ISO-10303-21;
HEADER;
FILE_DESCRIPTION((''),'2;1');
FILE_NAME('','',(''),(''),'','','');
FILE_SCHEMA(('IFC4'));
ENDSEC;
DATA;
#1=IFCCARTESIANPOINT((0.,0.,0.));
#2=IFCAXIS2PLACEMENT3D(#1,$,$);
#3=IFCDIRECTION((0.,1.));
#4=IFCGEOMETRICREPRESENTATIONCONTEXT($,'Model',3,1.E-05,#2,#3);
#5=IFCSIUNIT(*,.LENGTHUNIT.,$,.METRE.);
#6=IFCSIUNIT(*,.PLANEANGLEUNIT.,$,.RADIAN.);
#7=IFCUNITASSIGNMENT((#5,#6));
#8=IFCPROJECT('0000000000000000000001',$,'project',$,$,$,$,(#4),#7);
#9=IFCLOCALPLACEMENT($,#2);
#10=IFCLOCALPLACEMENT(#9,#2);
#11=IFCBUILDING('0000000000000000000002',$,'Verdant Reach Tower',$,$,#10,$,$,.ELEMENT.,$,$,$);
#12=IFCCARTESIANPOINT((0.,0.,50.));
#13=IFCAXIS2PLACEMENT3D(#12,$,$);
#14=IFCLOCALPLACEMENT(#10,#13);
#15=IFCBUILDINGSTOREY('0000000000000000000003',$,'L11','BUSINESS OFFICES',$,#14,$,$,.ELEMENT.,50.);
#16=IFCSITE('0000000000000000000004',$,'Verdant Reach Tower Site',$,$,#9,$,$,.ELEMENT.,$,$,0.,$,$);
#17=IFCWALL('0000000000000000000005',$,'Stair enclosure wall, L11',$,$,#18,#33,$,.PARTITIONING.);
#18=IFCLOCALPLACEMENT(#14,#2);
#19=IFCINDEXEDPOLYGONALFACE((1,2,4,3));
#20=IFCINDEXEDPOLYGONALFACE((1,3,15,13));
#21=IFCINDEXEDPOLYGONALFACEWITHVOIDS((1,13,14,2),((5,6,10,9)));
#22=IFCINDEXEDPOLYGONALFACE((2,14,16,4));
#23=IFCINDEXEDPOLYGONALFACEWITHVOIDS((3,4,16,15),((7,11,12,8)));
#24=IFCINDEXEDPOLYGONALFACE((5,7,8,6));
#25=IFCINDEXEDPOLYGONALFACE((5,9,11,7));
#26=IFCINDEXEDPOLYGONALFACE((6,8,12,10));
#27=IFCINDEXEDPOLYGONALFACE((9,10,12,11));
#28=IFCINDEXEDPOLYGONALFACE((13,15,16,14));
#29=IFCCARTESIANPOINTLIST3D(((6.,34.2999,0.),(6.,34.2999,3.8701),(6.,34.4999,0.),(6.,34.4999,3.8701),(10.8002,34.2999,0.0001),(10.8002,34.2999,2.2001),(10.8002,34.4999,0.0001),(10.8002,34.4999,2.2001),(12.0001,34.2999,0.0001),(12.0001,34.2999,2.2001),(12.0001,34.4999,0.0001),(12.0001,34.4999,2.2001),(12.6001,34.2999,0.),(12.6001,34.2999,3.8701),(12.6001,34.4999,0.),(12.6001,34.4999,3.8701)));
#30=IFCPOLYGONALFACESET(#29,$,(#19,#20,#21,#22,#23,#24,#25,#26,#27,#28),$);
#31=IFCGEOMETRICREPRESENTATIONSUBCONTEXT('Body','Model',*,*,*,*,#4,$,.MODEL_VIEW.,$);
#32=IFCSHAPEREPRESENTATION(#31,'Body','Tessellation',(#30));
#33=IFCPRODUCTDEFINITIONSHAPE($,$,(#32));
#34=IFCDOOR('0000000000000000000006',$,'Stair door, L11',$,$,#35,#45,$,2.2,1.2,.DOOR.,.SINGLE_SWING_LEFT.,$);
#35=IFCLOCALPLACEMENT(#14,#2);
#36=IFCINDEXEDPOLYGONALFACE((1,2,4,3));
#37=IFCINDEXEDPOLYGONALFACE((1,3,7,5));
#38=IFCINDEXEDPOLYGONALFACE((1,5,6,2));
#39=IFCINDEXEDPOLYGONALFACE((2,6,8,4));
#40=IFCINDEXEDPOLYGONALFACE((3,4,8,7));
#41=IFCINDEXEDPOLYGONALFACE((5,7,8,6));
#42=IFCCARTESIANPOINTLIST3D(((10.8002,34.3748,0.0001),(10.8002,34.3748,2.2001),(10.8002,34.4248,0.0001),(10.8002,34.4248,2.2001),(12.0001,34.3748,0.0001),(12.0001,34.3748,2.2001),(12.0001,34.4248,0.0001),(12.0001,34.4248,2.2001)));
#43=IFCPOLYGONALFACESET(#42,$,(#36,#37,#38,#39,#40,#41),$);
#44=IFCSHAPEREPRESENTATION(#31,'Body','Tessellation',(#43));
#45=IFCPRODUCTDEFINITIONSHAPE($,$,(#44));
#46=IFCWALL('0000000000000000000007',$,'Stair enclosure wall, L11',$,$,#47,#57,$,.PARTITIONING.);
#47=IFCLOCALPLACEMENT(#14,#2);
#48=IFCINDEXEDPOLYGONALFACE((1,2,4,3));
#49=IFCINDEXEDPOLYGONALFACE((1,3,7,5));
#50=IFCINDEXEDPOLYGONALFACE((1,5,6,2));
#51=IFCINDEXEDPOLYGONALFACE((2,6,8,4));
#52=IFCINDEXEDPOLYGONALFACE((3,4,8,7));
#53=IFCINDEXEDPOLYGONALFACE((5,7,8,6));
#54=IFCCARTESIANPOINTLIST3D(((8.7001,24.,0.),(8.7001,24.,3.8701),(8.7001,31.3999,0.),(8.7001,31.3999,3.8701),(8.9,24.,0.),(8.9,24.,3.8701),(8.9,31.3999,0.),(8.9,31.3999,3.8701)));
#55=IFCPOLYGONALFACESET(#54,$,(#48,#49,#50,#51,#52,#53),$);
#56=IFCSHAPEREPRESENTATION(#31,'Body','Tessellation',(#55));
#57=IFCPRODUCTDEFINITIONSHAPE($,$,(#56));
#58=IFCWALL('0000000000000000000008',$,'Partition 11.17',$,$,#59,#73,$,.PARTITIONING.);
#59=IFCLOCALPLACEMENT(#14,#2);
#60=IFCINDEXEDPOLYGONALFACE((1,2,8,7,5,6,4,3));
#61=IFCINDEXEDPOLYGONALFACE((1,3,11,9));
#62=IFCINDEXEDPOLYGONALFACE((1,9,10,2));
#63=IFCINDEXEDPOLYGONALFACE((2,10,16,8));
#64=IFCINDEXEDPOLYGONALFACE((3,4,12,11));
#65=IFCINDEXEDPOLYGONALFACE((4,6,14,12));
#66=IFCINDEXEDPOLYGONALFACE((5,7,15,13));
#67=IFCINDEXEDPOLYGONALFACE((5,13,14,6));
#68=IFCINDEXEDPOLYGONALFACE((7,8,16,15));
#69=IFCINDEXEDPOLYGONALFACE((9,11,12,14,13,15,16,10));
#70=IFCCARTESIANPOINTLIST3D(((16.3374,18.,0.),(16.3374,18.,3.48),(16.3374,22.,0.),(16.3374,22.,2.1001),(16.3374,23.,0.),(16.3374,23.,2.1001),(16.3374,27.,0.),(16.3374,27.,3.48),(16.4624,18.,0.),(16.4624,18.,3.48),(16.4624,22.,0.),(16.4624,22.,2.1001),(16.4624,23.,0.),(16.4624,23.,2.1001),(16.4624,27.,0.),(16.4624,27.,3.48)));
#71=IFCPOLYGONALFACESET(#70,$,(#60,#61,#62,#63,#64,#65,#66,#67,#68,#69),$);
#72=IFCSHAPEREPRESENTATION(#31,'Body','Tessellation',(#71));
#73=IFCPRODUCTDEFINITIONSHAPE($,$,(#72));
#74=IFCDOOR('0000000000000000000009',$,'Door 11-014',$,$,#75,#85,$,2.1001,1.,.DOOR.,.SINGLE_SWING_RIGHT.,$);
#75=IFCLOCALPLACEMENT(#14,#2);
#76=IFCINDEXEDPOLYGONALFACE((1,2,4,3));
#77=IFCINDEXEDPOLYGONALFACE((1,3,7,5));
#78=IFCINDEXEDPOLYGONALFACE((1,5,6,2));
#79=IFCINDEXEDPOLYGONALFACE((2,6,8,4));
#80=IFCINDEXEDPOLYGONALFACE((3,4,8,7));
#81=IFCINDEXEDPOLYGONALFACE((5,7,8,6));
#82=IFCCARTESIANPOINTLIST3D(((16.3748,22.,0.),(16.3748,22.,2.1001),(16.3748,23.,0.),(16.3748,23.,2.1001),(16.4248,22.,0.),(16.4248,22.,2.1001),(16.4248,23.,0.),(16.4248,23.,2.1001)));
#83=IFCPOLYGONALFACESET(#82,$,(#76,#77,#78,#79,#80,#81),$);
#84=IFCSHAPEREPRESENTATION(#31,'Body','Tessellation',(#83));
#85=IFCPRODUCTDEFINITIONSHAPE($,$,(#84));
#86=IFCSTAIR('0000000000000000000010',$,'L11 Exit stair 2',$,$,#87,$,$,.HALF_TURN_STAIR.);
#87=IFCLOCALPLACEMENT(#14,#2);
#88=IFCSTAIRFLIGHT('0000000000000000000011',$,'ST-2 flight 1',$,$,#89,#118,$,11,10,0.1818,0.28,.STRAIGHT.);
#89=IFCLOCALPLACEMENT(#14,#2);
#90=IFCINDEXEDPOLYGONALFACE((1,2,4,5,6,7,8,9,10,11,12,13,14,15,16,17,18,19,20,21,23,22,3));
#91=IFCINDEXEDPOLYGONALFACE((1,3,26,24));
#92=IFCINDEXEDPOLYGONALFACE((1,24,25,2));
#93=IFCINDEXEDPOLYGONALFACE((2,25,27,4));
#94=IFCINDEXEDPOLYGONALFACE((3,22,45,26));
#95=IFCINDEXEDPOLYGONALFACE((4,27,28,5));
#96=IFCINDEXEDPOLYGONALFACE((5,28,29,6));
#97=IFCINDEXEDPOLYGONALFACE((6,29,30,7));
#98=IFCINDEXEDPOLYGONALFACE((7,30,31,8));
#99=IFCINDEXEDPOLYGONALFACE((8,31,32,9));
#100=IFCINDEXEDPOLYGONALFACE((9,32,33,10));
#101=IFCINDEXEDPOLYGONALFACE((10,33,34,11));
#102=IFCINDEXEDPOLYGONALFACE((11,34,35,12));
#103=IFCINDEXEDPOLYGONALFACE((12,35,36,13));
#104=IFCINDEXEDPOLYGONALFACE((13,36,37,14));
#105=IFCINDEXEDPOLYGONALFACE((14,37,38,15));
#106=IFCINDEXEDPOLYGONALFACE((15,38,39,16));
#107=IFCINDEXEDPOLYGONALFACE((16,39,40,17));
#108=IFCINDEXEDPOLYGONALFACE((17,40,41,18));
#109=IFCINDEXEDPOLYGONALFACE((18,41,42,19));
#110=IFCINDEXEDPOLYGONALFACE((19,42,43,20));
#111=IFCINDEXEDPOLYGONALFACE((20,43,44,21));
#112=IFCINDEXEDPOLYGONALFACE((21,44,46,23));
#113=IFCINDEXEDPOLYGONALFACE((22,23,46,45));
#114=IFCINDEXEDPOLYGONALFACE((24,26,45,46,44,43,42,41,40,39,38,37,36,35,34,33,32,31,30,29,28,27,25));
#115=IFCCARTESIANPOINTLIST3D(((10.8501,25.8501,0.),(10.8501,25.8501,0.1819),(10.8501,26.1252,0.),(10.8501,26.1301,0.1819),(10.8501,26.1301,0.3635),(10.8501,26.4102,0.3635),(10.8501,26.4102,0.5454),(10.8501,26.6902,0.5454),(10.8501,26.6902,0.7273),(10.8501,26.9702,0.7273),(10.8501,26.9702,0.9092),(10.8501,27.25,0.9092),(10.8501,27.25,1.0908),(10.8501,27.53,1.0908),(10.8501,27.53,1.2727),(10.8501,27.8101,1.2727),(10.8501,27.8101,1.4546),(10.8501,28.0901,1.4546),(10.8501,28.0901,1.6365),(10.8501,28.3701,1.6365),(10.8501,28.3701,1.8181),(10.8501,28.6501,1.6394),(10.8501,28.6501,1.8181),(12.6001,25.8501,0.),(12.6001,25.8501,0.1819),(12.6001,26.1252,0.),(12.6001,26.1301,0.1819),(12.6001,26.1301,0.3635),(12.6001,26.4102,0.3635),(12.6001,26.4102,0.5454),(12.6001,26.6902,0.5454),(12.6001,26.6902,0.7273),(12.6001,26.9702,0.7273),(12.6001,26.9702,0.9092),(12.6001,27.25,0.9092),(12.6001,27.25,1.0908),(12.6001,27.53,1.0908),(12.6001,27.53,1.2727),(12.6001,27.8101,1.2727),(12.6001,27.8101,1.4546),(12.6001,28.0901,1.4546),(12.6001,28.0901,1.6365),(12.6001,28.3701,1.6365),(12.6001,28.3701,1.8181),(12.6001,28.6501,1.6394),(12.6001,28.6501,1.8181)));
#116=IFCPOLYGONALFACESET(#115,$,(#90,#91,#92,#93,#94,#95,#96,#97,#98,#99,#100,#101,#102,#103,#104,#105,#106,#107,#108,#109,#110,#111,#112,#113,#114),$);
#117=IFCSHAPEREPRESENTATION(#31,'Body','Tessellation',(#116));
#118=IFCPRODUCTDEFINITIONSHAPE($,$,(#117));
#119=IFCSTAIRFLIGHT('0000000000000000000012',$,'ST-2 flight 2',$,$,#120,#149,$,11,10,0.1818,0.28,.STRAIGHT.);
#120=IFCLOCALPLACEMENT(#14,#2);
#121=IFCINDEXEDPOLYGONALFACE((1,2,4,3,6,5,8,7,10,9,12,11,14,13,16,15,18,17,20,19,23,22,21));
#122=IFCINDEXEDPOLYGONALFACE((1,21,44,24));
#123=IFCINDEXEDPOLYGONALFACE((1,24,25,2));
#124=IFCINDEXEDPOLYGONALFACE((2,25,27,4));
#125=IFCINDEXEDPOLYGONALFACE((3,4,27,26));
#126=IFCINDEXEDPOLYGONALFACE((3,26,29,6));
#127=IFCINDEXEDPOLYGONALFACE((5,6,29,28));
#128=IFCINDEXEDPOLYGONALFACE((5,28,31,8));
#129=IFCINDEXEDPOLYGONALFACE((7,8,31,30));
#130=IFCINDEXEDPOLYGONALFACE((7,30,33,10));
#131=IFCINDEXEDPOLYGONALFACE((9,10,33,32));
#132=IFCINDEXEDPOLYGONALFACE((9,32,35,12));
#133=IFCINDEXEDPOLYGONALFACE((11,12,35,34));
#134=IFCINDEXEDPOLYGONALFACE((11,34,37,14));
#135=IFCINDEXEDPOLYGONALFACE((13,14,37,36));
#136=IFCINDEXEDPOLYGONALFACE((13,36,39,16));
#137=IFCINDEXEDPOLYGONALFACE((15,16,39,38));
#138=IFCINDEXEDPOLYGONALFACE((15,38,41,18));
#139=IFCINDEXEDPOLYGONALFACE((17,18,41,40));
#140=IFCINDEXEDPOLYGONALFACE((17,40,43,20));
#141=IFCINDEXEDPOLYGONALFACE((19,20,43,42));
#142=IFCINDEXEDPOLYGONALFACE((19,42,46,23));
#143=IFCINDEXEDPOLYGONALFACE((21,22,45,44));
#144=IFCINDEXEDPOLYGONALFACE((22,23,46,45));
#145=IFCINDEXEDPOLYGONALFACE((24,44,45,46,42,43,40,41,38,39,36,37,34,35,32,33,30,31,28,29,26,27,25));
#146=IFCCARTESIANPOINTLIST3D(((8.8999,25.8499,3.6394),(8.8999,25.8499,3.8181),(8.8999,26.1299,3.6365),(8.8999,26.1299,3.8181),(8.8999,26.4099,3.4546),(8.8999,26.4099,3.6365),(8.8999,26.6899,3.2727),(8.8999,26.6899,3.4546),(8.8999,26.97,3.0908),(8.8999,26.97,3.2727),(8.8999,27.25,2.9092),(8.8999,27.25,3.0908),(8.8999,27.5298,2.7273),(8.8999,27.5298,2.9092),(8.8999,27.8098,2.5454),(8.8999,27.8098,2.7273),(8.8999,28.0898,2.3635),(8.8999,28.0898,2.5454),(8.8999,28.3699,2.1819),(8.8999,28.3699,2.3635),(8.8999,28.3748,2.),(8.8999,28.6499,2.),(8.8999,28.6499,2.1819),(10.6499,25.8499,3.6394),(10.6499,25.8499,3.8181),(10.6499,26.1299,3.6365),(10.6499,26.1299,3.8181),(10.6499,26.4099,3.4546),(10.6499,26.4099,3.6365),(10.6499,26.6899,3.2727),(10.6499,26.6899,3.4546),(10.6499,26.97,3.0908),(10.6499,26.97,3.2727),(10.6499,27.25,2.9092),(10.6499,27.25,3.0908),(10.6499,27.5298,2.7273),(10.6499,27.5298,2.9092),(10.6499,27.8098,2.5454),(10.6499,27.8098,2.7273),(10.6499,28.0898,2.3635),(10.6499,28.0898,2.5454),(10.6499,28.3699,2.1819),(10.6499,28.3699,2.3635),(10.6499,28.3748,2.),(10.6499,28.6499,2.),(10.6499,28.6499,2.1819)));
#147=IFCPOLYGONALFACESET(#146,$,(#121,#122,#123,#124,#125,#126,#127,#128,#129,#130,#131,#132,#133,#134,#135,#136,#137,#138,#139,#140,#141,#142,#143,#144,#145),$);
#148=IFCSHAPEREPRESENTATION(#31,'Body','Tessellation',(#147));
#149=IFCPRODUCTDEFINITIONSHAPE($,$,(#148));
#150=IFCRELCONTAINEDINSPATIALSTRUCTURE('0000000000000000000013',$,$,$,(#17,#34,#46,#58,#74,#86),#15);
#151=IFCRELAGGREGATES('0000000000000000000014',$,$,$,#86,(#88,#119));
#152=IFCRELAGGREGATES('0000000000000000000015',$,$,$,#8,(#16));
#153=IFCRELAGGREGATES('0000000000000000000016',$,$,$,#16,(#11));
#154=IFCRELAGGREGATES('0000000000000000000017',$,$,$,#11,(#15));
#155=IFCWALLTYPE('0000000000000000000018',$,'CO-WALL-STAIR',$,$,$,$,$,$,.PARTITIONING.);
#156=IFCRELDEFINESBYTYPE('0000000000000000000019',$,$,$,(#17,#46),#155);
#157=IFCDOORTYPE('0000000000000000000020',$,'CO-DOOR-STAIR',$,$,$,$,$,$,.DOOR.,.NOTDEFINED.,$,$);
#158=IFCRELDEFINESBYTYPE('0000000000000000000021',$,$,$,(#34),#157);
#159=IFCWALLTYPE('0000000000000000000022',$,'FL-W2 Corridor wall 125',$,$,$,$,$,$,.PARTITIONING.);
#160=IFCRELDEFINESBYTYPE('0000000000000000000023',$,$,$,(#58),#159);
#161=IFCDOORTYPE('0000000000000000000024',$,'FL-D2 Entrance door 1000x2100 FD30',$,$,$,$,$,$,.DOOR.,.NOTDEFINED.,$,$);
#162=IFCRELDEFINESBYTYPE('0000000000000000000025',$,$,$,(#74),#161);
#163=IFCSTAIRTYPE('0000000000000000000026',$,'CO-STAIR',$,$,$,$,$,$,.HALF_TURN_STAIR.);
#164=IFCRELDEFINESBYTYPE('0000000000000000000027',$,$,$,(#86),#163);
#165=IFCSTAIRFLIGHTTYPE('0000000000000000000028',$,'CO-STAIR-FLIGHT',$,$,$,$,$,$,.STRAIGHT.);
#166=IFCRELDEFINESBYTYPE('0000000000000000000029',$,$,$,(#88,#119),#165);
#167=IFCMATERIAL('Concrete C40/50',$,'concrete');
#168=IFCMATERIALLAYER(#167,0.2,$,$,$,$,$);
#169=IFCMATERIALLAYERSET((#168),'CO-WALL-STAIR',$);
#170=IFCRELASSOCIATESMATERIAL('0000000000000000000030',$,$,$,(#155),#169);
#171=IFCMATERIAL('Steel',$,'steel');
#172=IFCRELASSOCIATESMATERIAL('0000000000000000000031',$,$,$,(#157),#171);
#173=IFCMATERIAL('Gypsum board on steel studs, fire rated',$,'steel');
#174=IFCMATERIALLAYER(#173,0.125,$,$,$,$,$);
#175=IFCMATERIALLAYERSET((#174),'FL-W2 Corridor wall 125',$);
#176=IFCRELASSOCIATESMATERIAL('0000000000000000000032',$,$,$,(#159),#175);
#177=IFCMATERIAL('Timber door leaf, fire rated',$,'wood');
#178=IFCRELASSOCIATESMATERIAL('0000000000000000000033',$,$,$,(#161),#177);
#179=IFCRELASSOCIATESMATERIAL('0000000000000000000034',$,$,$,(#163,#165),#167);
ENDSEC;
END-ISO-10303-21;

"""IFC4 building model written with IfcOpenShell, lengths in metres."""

from ifc_helpers import new_model, si_unit, direction, frame, frame_2d, origin, place, context, subcontext, project, spatial, polyline, rectangle, outline, extrude, material, layer, layer_set, type_object, element, fill, aggregate, save


model = new_model("IFC4")

# Units and contexts
model_context = context("Model", 3, precision=1e-05, world=origin(), true_north=direction((0.0, 1.0)))
body_context = subcontext(model_context, "Body", "Model", "MODEL_VIEW")
ifc_project = project(units=[si_unit("LENGTHUNIT", "METRE"), si_unit("PLANEANGLEUNIT", "RADIAN")], contexts=[model_context])

# Site, building, storey
site_placement = place(None, origin())
site = spatial("IfcSite", under=ifc_project, at=site_placement, Name="Verdant Reach Tower Site", CompositionType="ELEMENT", RefElevation=0.0)
building_placement = place(site_placement, origin())
building = spatial("IfcBuilding", under=site, at=building_placement, Name="Verdant Reach Tower", CompositionType="ELEMENT")
storey_placement = place(building_placement, frame((0.0, 0.0, 50.0)))
storey = spatial("IfcBuildingStorey", under=building, at=storey_placement, Name="L11", Description="BUSINESS OFFICES", CompositionType="ELEMENT", Elevation=50.0)

# Shared definitions
ifc_material_1 = material(Name="Concrete C40/50", Category="concrete")

# Shared definitions
ifc_layer_1 = layer(ifc_material_1, 0.2)
ifc_layer_set_1 = layer_set([ifc_layer_1], Name="CO-WALL-STAIR")
wall_type_1 = type_object("IfcWallType", Name="CO-WALL-STAIR", PredefinedType="PARTITIONING", material=ifc_layer_set_1)
ifc_material_2 = material(Name="Steel", Category="steel")
door_type_1 = type_object("IfcDoorType", Name="CO-DOOR-STAIR", OperationType="NOTDEFINED", PredefinedType="DOOR", material=ifc_material_2)

# Wall, opening, door
wall_1_placement = place(storey_placement, frame((6.0, 34.3999, 0.0), z_axis=(0.0, 0.0, 1.0), x_axis=(1.0, 0.0, 0.0)))
wall_1 = element("IfcWall", 1, at=wall_1_placement, inside=storey, type_object=wall_type_1, Name="Stair enclosure wall, L11", PredefinedType="PARTITIONING", context=body_context, shape_type="SweptSolid", body=[
    extrude(rectangle(XDim=6.6001, YDim=0.2, at=frame_2d((3.3, 0.0))), origin(), (0.0, 0.0, 1.0), 3.8701),
])
opening_1_placement = place(wall_1_placement, frame((4.8, 0.0, 0.0)))
opening_1 = element("IfcOpeningElement", 2, at=opening_1_placement, cuts=wall_1, PredefinedType="OPENING", context=body_context, shape_type="SweptSolid", body=[
    extrude(rectangle(XDim=1.2, YDim=2.2, at=frame_2d((0.6001, 1.1001))), frame((0.0, 0.1099, 0.0), z_axis=(0.0, -1.0, 0.0), x_axis=(1.0, 0.0, 0.0)), (0.0, 0.0, 1.0), 0.22),
])
door_1_placement = place(opening_1_placement, origin())
door_1 = element("IfcDoor", 3, at=door_1_placement, inside=storey, type_object=door_type_1, Name="Stair door, L11", OperationType="SINGLE_SWING_LEFT", OverallHeight=2.2, OverallWidth=1.2, PredefinedType="DOOR", context=body_context, shape_type="SweptSolid", body=[
    extrude(rectangle(XDim=1.2, YDim=2.2, at=frame_2d((0.6001, 1.1001))), frame((0.0, 0.0249, 0.0), z_axis=(0.0, -1.0, 0.0), x_axis=(1.0, 0.0, 0.0)), (0.0, 0.0, 1.0), 0.05),
])
fill(opening_1, door_1)

# Wall
wall_2_placement = place(storey_placement, frame((8.8, 24.0, 0.0), z_axis=(0.0, 0.0, 1.0), x_axis=(0.0, 1.0, 0.0)))
element("IfcWall", 4, at=wall_2_placement, inside=storey, type_object=wall_type_1, Name="Stair enclosure wall, L11", PredefinedType="PARTITIONING", context=body_context, shape_type="SweptSolid", body=[
    extrude(rectangle(XDim=7.3999, YDim=0.2, at=frame_2d((3.7, 0.0))), origin(), (0.0, 0.0, 1.0), 3.8701),
])

# Wall, opening, door
ifc_material_3 = material(Name="Gypsum board on steel studs, fire rated", Category="steel")
ifc_layer_2 = layer(ifc_material_3, 0.125)
ifc_layer_set_2 = layer_set([ifc_layer_2], Name="FL-W2 Corridor wall 125")
wall_type_2 = type_object("IfcWallType", Name="FL-W2 Corridor wall 125", PredefinedType="PARTITIONING", material=ifc_layer_set_2)
wall_3_placement = place(storey_placement, frame((16.3999, 27.0, 0.0), z_axis=(0.0, 0.0, 1.0), x_axis=(0.0, -1.0, 0.0)))
wall_3 = element("IfcWall", 5, at=wall_3_placement, inside=storey, type_object=wall_type_2, Name="Partition 11.17", PredefinedType="PARTITIONING", context=body_context, shape_type="SweptSolid", body=[
    extrude(rectangle(XDim=9.0, YDim=0.125, at=frame_2d((4.5, 0.0))), origin(), (0.0, 0.0, 1.0), 3.48),
])
opening_2_placement = place(wall_3_placement, frame((4.0, 0.0, 0.0)))
opening_2 = element("IfcOpeningElement", 6, at=opening_2_placement, cuts=wall_3, PredefinedType="OPENING", context=body_context, shape_type="SweptSolid", body=[
    extrude(rectangle(XDim=1.0, YDim=2.1001, at=frame_2d((0.5, 1.05))), frame((0.0, 0.0725, 0.0), z_axis=(0.0, -1.0, 0.0), x_axis=(1.0, 0.0, 0.0)), (0.0, 0.0, 1.0), 0.145),
])
ifc_material_4 = material(Name="Timber door leaf, fire rated", Category="wood")
door_type_2 = type_object("IfcDoorType", Name="FL-D2 Entrance door 1000x2100 FD30", OperationType="NOTDEFINED", PredefinedType="DOOR", material=ifc_material_4)
door_2_placement = place(opening_2_placement, origin())
door_2 = element("IfcDoor", 7, at=door_2_placement, inside=storey, type_object=door_type_2, Name="Door 11-014", OperationType="SINGLE_SWING_RIGHT", OverallHeight=2.1001, OverallWidth=1.0, PredefinedType="DOOR", context=body_context, shape_type="SweptSolid", body=[
    extrude(rectangle(XDim=1.0, YDim=2.1001, at=frame_2d((0.5, 1.05))), frame((0.0, 0.0249, 0.0), z_axis=(0.0, -1.0, 0.0), x_axis=(1.0, 0.0, 0.0)), (0.0, 0.0, 1.0), 0.05),
])
fill(opening_2, door_2)

# Stair, stair flights
stair_type = type_object("IfcStairType", Name="CO-STAIR", PredefinedType="HALF_TURN_STAIR", material=ifc_material_1)
stair_1_placement = place(storey_placement, origin())
stair_1 = element("IfcStair", 8, at=stair_1_placement, inside=storey, type_object=stair_type, Name="L11 Exit stair 2", PredefinedType="HALF_TURN_STAIR")
stair_flight_type = type_object("IfcStairFlightType", Name="CO-STAIR-FLIGHT", PredefinedType="STRAIGHT", material=ifc_material_1)
stair_flight_1_placement = place(storey_placement, frame((11.7251, 25.8501, 0.0), z_axis=(0.0, 0.0, 1.0), x_axis=(0.0, 1.0, 0.0)))
stair_flight_1 = element("IfcStairFlight", 9, at=stair_flight_1_placement, type_object=stair_flight_type, Name="ST-2 flight 1", NumberOfRisers=11, NumberOfTreads=10, PredefinedType="STRAIGHT", RiserHeight=0.1818, TreadLength=0.28, context=body_context, shape_type="SweptSolid", body=[
    extrude(outline(polyline([(0.0, 0.0), (0.0, 0.1819), (0.28, 0.1819), (0.28, 0.3635), (0.5601, 0.3635), (0.5601, 0.5454), (0.8401, 0.5454), (0.8401, 0.7273), (1.1201, 0.7273), (1.1201, 0.9092), (1.3999, 0.9092), (1.3999, 1.0908), (1.6799, 1.0908), (1.6799, 1.2727), (1.96, 1.2727), (1.96, 1.4546), (2.24, 1.4546), (2.24, 1.6365), (2.52, 1.6365), (2.52, 1.8181), (2.8, 1.8181), (2.8, 2.0), (2.8, 1.6394), (0.2751, 0.0), (0.0, 0.0)])), frame((0.0, 0.875, 0.0), z_axis=(0.0, -1.0, 0.0), x_axis=(1.0, 0.0, 0.0)), (0.0, 0.0, 1.0), 1.75),
])
stair_flight_2_placement = place(storey_placement, frame((9.7749, 28.6499, 2.0), z_axis=(0.0, 0.0, 1.0), x_axis=(0.0, -1.0, 0.0)))
stair_flight_2 = element("IfcStairFlight", 10, at=stair_flight_2_placement, type_object=stair_flight_type, Name="ST-2 flight 2", NumberOfRisers=11, NumberOfTreads=10, PredefinedType="STRAIGHT", RiserHeight=0.1818, TreadLength=0.28, context=body_context, shape_type="SweptSolid", body=[
    extrude(outline(polyline([(0.0, 0.0), (0.0, 0.1819), (0.28, 0.1819), (0.28, 0.3635), (0.5601, 0.3635), (0.5601, 0.5454), (0.8401, 0.5454), (0.8401, 0.7273), (1.1201, 0.7273), (1.1201, 0.9092), (1.3999, 0.9092), (1.3999, 1.0908), (1.6799, 1.0908), (1.6799, 1.2727), (1.96, 1.2727), (1.96, 1.4546), (2.24, 1.4546), (2.24, 1.6365), (2.52, 1.6365), (2.52, 1.8181), (2.8, 1.8181), (2.8, 2.0), (2.8, 1.6394), (0.2751, 0.0), (0.0, 0.0)])), frame((0.0, 0.875, 0.0), z_axis=(0.0, -1.0, 0.0), x_axis=(1.0, 0.0, 0.0)), (0.0, 0.0, 1.0), 1.75),
])
aggregate(stair_1, [stair_flight_1, stair_flight_2])

save(model, "model.ifc")
